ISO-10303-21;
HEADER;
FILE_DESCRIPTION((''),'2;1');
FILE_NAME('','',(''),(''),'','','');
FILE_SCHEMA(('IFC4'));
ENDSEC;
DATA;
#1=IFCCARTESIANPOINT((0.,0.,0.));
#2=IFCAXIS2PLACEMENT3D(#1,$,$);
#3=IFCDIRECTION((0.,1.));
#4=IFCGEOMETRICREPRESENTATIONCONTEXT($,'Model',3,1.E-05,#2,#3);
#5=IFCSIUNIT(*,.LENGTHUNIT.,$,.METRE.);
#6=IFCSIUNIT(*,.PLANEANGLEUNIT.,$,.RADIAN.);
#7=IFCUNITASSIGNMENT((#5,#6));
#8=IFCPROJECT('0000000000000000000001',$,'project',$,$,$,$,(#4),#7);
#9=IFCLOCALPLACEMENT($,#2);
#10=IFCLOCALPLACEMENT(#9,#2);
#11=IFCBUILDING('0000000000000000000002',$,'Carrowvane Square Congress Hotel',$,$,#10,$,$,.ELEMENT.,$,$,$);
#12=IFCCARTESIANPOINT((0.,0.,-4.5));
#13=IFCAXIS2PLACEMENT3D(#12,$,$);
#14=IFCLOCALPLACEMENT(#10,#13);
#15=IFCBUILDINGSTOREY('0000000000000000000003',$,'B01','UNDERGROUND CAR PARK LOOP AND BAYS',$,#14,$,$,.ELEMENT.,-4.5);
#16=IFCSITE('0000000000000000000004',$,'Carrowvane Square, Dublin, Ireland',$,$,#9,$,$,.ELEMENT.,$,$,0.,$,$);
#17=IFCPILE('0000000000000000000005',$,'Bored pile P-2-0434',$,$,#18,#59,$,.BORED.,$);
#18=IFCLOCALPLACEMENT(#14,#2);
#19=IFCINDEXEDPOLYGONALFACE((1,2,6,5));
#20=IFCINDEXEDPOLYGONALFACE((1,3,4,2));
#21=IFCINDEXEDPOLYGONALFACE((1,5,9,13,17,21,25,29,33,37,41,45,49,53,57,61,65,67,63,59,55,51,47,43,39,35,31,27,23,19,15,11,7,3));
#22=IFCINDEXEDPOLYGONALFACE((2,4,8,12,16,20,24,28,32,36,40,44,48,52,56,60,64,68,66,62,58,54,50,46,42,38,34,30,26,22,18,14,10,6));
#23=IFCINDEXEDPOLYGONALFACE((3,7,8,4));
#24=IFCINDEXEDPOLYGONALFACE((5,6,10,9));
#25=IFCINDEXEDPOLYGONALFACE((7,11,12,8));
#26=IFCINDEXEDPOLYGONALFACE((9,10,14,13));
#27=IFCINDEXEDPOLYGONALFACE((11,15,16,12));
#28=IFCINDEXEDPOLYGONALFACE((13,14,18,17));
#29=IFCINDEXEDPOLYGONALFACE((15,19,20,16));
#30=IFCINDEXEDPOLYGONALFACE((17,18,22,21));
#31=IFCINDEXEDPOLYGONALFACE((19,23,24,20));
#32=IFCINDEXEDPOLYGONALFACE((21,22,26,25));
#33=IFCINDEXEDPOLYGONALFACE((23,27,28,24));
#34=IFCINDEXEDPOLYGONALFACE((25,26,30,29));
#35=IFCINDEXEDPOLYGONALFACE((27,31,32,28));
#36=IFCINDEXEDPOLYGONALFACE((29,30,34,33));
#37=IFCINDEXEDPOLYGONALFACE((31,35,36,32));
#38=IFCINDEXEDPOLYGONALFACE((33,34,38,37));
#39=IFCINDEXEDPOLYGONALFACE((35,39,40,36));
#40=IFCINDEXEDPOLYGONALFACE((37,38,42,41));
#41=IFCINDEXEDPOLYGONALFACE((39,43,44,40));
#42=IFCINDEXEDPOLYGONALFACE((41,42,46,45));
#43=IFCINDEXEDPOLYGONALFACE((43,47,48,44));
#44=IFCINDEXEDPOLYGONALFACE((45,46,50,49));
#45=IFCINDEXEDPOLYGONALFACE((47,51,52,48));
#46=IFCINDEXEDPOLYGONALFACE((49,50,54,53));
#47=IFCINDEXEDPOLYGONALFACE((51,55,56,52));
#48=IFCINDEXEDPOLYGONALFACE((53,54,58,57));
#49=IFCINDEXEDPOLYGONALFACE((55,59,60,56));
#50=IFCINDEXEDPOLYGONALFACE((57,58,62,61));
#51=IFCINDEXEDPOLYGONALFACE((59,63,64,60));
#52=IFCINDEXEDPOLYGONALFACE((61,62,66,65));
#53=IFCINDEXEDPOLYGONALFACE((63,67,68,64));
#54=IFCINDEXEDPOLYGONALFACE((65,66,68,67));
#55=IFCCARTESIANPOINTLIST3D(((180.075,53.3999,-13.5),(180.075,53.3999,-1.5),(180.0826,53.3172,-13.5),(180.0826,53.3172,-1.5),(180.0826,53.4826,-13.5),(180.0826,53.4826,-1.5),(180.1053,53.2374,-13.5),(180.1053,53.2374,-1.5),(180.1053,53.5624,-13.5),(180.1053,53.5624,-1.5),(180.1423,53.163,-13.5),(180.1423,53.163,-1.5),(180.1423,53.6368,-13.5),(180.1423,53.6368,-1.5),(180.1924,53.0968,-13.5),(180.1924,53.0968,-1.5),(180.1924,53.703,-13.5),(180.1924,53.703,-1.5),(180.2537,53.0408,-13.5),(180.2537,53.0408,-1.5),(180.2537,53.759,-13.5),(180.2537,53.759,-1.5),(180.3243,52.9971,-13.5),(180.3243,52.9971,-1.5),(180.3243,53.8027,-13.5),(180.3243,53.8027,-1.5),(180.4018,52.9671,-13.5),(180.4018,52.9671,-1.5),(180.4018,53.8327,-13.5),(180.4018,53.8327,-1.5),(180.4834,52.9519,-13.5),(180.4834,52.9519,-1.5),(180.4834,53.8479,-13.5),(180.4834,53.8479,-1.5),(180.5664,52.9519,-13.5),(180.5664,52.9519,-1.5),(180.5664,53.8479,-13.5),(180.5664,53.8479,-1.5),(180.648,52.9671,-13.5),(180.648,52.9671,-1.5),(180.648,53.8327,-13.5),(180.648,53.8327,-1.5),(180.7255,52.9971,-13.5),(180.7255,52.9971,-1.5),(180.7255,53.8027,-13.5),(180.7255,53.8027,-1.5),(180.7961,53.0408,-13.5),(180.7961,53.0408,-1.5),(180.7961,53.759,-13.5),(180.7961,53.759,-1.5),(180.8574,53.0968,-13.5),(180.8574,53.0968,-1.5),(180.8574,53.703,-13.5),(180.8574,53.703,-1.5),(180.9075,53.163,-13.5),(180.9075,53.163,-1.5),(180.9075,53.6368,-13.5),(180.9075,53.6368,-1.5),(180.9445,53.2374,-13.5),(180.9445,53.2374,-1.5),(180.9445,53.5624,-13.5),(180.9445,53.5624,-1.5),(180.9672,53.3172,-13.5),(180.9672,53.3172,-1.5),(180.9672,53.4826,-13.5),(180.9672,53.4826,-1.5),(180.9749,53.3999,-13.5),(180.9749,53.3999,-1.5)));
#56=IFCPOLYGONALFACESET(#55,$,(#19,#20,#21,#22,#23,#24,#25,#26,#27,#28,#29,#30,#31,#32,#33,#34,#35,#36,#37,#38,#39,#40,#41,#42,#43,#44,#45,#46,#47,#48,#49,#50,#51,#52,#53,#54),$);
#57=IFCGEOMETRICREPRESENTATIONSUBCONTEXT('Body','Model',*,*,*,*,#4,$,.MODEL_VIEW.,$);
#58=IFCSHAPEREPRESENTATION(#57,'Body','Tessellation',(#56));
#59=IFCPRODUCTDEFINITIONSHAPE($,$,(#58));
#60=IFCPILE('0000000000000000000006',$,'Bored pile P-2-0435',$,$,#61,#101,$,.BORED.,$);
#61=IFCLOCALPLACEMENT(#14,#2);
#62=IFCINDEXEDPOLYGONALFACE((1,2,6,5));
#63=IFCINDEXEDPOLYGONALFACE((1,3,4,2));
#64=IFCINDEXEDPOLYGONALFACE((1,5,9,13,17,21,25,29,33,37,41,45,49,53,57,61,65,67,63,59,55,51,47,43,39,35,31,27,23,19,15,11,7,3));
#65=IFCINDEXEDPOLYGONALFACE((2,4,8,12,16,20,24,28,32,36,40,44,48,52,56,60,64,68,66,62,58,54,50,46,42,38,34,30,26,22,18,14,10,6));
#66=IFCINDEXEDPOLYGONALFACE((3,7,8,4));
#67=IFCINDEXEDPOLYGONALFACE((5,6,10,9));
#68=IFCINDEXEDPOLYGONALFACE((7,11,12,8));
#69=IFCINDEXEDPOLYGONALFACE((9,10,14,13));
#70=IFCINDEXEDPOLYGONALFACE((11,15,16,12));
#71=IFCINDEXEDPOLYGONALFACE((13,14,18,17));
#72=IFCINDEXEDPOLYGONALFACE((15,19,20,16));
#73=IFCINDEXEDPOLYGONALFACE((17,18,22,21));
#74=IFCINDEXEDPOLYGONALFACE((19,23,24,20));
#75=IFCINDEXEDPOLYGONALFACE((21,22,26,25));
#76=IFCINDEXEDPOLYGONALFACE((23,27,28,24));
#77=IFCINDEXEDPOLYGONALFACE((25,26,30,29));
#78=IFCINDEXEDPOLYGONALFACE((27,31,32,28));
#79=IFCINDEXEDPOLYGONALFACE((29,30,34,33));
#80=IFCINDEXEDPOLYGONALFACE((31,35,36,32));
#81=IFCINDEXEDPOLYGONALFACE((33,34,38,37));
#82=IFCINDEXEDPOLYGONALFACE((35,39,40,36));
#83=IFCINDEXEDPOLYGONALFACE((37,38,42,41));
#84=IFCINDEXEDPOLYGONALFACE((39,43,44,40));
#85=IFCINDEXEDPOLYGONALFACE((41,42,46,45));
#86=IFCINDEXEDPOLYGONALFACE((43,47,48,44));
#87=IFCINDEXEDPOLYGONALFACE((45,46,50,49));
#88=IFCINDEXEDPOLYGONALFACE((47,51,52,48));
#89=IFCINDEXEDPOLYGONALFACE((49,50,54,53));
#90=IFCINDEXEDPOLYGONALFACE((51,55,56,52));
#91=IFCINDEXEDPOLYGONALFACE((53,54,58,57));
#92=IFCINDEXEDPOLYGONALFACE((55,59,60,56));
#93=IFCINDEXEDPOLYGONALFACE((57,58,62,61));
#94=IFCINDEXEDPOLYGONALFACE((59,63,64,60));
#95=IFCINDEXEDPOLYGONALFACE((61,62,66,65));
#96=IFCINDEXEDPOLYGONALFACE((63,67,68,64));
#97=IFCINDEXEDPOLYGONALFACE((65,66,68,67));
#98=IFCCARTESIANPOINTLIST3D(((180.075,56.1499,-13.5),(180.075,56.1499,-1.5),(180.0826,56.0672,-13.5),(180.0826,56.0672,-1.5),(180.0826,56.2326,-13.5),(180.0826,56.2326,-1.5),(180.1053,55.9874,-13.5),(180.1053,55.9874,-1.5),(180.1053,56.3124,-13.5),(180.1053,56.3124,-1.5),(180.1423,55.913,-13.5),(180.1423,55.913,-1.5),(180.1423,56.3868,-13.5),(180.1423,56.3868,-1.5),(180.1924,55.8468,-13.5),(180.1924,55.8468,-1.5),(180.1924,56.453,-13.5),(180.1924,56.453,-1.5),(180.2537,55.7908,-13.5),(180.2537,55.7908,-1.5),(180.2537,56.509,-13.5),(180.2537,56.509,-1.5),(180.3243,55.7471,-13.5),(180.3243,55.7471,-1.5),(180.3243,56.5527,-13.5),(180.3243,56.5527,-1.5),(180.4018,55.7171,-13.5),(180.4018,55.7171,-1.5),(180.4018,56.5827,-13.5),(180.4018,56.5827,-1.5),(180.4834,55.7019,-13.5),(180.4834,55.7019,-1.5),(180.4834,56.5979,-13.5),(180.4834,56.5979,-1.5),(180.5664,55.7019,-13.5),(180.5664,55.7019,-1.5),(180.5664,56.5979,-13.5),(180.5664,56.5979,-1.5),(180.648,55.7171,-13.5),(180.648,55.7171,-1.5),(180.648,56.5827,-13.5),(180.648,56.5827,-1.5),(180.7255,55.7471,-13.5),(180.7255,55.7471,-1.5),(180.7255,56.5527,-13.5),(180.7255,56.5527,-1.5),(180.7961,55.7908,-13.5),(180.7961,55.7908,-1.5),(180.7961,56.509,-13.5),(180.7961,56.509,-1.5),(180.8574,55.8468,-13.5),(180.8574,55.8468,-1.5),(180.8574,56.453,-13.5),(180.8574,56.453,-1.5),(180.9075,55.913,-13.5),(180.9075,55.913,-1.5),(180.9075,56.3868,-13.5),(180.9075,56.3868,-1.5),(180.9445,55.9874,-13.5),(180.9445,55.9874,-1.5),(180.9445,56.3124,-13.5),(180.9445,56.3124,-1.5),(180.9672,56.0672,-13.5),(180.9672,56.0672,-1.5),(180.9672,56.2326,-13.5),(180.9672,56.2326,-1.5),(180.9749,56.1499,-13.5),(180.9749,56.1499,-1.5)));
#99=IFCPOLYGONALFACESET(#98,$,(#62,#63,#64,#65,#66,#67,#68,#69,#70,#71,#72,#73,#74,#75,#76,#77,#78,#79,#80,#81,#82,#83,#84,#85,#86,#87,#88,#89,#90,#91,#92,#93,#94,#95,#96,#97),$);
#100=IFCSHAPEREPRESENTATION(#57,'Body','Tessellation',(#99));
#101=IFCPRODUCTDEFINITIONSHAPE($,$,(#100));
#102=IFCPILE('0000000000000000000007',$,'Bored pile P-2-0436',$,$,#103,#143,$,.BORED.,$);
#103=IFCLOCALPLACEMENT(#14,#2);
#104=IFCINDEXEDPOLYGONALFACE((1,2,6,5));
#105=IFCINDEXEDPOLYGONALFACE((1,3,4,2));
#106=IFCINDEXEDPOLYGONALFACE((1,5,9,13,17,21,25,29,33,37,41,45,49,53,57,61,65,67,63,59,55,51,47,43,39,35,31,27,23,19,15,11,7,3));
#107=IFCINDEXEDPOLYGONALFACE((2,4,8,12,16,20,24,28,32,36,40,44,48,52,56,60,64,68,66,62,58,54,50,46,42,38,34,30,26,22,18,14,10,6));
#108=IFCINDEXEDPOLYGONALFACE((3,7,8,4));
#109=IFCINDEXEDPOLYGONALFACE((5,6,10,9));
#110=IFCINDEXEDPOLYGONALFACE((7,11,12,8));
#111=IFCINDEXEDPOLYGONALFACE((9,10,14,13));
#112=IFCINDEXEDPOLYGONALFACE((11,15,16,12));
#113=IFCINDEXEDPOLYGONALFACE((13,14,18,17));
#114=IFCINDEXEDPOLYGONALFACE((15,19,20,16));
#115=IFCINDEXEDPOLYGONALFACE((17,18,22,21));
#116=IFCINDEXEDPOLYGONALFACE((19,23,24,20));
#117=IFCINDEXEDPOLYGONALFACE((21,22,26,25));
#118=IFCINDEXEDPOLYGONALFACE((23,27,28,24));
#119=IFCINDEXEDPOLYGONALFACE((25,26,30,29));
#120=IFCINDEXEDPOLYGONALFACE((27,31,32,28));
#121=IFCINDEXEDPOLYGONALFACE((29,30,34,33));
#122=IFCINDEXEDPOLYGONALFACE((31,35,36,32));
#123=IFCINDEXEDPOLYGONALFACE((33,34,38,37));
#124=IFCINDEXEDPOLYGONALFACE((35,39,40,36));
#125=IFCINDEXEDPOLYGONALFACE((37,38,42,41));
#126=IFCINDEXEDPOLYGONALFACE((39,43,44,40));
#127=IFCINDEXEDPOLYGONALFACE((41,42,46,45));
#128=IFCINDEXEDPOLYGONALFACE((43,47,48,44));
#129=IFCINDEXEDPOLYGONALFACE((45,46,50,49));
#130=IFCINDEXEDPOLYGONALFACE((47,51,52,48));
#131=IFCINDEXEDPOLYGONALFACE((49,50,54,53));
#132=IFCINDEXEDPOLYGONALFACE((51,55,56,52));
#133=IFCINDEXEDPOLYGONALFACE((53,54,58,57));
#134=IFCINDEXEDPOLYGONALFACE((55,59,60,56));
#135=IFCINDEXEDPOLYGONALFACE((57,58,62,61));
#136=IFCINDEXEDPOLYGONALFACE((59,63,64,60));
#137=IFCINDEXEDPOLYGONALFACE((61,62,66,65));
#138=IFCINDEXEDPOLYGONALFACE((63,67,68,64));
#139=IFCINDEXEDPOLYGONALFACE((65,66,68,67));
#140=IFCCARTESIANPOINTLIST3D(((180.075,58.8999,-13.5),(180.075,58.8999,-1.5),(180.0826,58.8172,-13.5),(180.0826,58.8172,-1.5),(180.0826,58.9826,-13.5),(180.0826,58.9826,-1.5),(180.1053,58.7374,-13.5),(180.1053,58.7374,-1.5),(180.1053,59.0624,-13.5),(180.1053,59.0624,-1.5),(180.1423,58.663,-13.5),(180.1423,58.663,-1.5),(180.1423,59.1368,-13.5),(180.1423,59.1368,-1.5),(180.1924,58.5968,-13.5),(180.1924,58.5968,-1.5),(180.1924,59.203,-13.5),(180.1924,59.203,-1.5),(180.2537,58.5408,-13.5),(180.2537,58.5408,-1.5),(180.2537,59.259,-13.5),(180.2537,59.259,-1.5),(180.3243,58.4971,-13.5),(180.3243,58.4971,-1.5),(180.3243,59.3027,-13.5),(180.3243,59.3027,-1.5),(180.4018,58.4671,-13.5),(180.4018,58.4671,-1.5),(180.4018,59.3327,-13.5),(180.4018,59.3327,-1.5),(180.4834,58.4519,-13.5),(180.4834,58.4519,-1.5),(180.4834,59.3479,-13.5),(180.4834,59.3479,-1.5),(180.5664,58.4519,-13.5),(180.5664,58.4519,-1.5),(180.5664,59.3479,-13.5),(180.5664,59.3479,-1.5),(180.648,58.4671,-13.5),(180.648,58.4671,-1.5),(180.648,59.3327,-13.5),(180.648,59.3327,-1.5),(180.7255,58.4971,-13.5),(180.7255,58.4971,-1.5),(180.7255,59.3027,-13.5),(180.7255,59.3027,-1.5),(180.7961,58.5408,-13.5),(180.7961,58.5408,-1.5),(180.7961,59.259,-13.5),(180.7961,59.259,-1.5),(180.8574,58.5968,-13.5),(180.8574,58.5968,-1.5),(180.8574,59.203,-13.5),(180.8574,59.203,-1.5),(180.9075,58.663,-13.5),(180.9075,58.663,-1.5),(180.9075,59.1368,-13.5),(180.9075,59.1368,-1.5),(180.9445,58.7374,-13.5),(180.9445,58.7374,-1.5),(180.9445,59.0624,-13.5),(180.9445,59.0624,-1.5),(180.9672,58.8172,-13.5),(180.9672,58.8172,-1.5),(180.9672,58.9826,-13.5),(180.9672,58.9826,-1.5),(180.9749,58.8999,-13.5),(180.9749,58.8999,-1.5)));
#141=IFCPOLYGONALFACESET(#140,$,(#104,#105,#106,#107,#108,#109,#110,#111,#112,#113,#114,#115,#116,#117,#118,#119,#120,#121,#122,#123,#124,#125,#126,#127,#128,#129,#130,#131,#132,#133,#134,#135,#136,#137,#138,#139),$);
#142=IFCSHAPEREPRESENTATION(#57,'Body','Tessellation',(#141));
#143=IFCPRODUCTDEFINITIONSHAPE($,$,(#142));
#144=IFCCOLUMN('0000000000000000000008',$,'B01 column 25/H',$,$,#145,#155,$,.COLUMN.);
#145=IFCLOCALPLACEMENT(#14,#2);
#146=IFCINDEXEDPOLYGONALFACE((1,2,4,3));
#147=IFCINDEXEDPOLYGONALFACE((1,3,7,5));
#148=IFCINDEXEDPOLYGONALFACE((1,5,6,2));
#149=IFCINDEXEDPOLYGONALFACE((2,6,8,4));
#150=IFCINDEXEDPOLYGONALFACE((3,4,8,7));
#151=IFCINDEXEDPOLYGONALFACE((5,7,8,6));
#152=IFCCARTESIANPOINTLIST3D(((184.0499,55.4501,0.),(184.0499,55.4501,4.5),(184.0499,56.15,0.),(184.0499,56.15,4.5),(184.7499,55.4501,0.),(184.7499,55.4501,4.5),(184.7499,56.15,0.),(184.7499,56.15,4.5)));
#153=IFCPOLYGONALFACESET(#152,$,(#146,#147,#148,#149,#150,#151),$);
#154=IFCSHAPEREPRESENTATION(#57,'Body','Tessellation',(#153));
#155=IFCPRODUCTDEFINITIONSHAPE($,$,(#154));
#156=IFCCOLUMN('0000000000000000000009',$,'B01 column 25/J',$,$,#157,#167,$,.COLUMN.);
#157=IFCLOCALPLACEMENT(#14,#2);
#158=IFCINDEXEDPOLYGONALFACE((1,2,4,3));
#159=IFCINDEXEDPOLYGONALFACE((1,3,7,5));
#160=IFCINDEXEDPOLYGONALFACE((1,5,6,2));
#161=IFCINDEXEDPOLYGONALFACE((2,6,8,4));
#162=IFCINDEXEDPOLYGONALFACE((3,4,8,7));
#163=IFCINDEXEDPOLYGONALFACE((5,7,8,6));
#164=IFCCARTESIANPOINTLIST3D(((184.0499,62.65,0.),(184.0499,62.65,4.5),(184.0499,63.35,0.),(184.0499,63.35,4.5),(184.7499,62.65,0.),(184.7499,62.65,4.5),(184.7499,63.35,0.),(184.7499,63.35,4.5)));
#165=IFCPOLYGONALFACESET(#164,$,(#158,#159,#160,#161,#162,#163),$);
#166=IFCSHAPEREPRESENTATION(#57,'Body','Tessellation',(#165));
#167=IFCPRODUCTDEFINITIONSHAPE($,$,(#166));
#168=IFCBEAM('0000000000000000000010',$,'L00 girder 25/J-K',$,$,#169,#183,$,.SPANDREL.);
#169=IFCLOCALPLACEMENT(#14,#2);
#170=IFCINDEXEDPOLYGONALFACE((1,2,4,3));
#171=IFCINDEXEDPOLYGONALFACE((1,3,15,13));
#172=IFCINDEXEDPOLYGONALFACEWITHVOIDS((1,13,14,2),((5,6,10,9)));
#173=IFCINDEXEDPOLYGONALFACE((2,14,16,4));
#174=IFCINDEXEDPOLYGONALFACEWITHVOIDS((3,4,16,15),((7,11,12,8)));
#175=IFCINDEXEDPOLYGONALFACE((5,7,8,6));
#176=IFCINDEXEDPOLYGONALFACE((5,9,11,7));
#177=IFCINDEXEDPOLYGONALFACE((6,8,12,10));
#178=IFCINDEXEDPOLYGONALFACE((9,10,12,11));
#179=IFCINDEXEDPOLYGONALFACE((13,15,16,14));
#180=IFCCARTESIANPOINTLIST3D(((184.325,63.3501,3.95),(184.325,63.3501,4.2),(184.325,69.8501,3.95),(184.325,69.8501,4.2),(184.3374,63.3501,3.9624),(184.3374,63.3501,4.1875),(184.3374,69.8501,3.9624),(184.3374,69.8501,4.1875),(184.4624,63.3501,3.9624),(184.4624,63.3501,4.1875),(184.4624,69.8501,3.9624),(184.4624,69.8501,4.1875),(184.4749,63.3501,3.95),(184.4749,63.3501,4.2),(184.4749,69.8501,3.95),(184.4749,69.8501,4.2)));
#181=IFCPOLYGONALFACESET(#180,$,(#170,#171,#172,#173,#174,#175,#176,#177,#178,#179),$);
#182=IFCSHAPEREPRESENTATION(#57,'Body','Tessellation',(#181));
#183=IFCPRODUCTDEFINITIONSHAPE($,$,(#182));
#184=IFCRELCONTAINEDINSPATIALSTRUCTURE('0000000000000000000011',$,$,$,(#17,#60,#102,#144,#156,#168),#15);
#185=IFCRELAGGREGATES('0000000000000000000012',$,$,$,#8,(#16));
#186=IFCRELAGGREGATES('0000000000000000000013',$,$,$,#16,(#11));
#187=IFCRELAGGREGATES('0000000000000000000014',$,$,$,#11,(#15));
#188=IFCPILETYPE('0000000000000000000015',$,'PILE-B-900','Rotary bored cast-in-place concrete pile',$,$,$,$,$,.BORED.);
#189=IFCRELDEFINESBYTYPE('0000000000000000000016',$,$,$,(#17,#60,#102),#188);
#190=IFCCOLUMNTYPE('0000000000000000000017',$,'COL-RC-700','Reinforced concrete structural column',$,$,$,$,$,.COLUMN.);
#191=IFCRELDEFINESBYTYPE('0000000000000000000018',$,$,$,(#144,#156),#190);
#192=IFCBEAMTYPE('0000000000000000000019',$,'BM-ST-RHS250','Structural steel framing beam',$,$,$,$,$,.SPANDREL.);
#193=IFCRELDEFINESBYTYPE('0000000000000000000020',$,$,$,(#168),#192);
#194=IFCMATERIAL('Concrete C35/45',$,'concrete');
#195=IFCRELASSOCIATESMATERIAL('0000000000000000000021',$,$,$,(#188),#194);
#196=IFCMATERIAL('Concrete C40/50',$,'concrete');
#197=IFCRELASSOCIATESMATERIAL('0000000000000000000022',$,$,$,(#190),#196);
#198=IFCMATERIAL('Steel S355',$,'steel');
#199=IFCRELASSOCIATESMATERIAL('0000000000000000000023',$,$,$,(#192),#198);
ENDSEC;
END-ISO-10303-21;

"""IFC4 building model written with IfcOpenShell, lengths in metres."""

from ifc_helpers import new_model, si_unit, direction, frame, origin, origin_2d, place, context, subcontext, project, spatial, rectangle, hollow_rectangle, circle, extrude, material, material_profile, profile_set, type_object, element, save


model = new_model("IFC4")

# Units and contexts
model_context = context("Model", 3, precision=1e-05, world=origin(), true_north=direction((0.0, 1.0)))
body_context = subcontext(model_context, "Body", "Model", "MODEL_VIEW")
ifc_project = project(units=[si_unit("LENGTHUNIT", "METRE"), si_unit("PLANEANGLEUNIT", "RADIAN")], contexts=[model_context])

# Site, building, storey
site_placement = place(None, origin())
site = spatial("IfcSite", under=ifc_project, at=site_placement, Name="Carrowvane Square, Dublin, Ireland", CompositionType="ELEMENT", RefElevation=0.0)
building_placement = place(site_placement, origin())
building = spatial("IfcBuilding", under=site, at=building_placement, Name="Carrowvane Square Congress Hotel", CompositionType="ELEMENT")
storey_placement = place(building_placement, frame((0.0, 0.0, -4.5)))
storey = spatial("IfcBuildingStorey", under=building, at=storey_placement, Name="B01", Description="UNDERGROUND CAR PARK LOOP AND BAYS", CompositionType="ELEMENT", Elevation=-4.5)

# Piles
ifc_material_1 = material(Name="Concrete C35/45", Category="concrete")
ifc_material_profile_1 = material_profile(ifc_material_1, circle(Radius=0.45, at=origin_2d()), Name="PILE D900")
ifc_profile_set_1 = profile_set([ifc_material_profile_1], Name="Concrete C35/45")
pile_type_1 = type_object("IfcPileType", Name="PILE-B-900", Description="Rotary bored cast-in-place concrete pile", PredefinedType="BORED", material=ifc_profile_set_1)
for number, where, z_axis, x_axis, name in (
    (1, (180.5249, 53.3999, -1.5), (0.0, 0.0, -1.0), (1.0, 0.0, 0.0), "Bored pile P-2-0434"),
    (2, (180.5249, 56.1499, -1.5), (0.0, 0.0, -1.0), (1.0, 0.0, 0.0), "Bored pile P-2-0435"),
    (3, (180.5249, 58.8999, -1.5), (0.0, 0.0, -1.0), (1.0, 0.0, 0.0), "Bored pile P-2-0436"),
):
    element("IfcPile", number, at=place(storey_placement, frame(where, z_axis=z_axis, x_axis=x_axis)), inside=storey, type_object=pile_type_1, Name=name, PredefinedType="BORED", context=body_context, shape_type="SweptSolid", body=[
        extrude(circle(Radius=0.45, at=origin_2d()), origin(), (0.0, 0.0, 1.0), 12.0),
    ])

# Columns
ifc_material_2 = material(Name="Concrete C40/50", Category="concrete")
ifc_material_profile_2 = material_profile(ifc_material_2, rectangle(XDim=0.7, YDim=0.7, at=origin_2d()), Name="RC 700x700")
ifc_profile_set_2 = profile_set([ifc_material_profile_2], Name="Concrete C40/50")
column_type = type_object("IfcColumnType", Name="COL-RC-700", Description="Reinforced concrete structural column", PredefinedType="COLUMN", material=ifc_profile_set_2)
for number, where, z_axis, x_axis, name in (
    (4, (184.3999, 55.8, 0.0), (0.0, 0.0, 1.0), (1.0, 0.0, 0.0), "B01 column 25/H"),
    (5, (184.3999, 63.0, 0.0), (0.0, 0.0, 1.0), (1.0, 0.0, 0.0), "B01 column 25/J"),
):
    element("IfcColumn", number, at=place(storey_placement, frame(where, z_axis=z_axis, x_axis=x_axis)), inside=storey, type_object=column_type, Name=name, PredefinedType="COLUMN", context=body_context, shape_type="SweptSolid", body=[
        extrude(rectangle(XDim=0.7, YDim=0.7, at=origin_2d()), origin(), (0.0, 0.0, 1.0), 4.5),
    ])

# Beam
ifc_material_3 = material(Name="Steel S355", Category="steel")
ifc_material_profile_3 = material_profile(ifc_material_3, hollow_rectangle(XDim=0.1499, YDim=0.25, WallThickness=0.0125, at=origin_2d()), Name="RHS 250x150x12.5")
ifc_profile_set_3 = profile_set([ifc_material_profile_3], Name="Steel S355")
beam_type_1 = type_object("IfcBeamType", Name="BM-ST-RHS250", Description="Structural steel framing beam", PredefinedType="SPANDREL", material=ifc_profile_set_3)
beam_1_placement = place(storey_placement, frame((184.3999, 63.3501, 4.075), z_axis=(0.0, 1.0, 0.0), x_axis=(-1.0, 0.0, 0.0)))
element("IfcBeam", 6, at=beam_1_placement, inside=storey, type_object=beam_type_1, Name="L00 girder 25/J-K", PredefinedType="SPANDREL", context=body_context, shape_type="SweptSolid", body=[
    extrude(hollow_rectangle(XDim=0.1499, YDim=0.25, WallThickness=0.0125, at=origin_2d()), origin(), (0.0, 0.0, 1.0), 6.5),
])

save(model, "model.ifc")
